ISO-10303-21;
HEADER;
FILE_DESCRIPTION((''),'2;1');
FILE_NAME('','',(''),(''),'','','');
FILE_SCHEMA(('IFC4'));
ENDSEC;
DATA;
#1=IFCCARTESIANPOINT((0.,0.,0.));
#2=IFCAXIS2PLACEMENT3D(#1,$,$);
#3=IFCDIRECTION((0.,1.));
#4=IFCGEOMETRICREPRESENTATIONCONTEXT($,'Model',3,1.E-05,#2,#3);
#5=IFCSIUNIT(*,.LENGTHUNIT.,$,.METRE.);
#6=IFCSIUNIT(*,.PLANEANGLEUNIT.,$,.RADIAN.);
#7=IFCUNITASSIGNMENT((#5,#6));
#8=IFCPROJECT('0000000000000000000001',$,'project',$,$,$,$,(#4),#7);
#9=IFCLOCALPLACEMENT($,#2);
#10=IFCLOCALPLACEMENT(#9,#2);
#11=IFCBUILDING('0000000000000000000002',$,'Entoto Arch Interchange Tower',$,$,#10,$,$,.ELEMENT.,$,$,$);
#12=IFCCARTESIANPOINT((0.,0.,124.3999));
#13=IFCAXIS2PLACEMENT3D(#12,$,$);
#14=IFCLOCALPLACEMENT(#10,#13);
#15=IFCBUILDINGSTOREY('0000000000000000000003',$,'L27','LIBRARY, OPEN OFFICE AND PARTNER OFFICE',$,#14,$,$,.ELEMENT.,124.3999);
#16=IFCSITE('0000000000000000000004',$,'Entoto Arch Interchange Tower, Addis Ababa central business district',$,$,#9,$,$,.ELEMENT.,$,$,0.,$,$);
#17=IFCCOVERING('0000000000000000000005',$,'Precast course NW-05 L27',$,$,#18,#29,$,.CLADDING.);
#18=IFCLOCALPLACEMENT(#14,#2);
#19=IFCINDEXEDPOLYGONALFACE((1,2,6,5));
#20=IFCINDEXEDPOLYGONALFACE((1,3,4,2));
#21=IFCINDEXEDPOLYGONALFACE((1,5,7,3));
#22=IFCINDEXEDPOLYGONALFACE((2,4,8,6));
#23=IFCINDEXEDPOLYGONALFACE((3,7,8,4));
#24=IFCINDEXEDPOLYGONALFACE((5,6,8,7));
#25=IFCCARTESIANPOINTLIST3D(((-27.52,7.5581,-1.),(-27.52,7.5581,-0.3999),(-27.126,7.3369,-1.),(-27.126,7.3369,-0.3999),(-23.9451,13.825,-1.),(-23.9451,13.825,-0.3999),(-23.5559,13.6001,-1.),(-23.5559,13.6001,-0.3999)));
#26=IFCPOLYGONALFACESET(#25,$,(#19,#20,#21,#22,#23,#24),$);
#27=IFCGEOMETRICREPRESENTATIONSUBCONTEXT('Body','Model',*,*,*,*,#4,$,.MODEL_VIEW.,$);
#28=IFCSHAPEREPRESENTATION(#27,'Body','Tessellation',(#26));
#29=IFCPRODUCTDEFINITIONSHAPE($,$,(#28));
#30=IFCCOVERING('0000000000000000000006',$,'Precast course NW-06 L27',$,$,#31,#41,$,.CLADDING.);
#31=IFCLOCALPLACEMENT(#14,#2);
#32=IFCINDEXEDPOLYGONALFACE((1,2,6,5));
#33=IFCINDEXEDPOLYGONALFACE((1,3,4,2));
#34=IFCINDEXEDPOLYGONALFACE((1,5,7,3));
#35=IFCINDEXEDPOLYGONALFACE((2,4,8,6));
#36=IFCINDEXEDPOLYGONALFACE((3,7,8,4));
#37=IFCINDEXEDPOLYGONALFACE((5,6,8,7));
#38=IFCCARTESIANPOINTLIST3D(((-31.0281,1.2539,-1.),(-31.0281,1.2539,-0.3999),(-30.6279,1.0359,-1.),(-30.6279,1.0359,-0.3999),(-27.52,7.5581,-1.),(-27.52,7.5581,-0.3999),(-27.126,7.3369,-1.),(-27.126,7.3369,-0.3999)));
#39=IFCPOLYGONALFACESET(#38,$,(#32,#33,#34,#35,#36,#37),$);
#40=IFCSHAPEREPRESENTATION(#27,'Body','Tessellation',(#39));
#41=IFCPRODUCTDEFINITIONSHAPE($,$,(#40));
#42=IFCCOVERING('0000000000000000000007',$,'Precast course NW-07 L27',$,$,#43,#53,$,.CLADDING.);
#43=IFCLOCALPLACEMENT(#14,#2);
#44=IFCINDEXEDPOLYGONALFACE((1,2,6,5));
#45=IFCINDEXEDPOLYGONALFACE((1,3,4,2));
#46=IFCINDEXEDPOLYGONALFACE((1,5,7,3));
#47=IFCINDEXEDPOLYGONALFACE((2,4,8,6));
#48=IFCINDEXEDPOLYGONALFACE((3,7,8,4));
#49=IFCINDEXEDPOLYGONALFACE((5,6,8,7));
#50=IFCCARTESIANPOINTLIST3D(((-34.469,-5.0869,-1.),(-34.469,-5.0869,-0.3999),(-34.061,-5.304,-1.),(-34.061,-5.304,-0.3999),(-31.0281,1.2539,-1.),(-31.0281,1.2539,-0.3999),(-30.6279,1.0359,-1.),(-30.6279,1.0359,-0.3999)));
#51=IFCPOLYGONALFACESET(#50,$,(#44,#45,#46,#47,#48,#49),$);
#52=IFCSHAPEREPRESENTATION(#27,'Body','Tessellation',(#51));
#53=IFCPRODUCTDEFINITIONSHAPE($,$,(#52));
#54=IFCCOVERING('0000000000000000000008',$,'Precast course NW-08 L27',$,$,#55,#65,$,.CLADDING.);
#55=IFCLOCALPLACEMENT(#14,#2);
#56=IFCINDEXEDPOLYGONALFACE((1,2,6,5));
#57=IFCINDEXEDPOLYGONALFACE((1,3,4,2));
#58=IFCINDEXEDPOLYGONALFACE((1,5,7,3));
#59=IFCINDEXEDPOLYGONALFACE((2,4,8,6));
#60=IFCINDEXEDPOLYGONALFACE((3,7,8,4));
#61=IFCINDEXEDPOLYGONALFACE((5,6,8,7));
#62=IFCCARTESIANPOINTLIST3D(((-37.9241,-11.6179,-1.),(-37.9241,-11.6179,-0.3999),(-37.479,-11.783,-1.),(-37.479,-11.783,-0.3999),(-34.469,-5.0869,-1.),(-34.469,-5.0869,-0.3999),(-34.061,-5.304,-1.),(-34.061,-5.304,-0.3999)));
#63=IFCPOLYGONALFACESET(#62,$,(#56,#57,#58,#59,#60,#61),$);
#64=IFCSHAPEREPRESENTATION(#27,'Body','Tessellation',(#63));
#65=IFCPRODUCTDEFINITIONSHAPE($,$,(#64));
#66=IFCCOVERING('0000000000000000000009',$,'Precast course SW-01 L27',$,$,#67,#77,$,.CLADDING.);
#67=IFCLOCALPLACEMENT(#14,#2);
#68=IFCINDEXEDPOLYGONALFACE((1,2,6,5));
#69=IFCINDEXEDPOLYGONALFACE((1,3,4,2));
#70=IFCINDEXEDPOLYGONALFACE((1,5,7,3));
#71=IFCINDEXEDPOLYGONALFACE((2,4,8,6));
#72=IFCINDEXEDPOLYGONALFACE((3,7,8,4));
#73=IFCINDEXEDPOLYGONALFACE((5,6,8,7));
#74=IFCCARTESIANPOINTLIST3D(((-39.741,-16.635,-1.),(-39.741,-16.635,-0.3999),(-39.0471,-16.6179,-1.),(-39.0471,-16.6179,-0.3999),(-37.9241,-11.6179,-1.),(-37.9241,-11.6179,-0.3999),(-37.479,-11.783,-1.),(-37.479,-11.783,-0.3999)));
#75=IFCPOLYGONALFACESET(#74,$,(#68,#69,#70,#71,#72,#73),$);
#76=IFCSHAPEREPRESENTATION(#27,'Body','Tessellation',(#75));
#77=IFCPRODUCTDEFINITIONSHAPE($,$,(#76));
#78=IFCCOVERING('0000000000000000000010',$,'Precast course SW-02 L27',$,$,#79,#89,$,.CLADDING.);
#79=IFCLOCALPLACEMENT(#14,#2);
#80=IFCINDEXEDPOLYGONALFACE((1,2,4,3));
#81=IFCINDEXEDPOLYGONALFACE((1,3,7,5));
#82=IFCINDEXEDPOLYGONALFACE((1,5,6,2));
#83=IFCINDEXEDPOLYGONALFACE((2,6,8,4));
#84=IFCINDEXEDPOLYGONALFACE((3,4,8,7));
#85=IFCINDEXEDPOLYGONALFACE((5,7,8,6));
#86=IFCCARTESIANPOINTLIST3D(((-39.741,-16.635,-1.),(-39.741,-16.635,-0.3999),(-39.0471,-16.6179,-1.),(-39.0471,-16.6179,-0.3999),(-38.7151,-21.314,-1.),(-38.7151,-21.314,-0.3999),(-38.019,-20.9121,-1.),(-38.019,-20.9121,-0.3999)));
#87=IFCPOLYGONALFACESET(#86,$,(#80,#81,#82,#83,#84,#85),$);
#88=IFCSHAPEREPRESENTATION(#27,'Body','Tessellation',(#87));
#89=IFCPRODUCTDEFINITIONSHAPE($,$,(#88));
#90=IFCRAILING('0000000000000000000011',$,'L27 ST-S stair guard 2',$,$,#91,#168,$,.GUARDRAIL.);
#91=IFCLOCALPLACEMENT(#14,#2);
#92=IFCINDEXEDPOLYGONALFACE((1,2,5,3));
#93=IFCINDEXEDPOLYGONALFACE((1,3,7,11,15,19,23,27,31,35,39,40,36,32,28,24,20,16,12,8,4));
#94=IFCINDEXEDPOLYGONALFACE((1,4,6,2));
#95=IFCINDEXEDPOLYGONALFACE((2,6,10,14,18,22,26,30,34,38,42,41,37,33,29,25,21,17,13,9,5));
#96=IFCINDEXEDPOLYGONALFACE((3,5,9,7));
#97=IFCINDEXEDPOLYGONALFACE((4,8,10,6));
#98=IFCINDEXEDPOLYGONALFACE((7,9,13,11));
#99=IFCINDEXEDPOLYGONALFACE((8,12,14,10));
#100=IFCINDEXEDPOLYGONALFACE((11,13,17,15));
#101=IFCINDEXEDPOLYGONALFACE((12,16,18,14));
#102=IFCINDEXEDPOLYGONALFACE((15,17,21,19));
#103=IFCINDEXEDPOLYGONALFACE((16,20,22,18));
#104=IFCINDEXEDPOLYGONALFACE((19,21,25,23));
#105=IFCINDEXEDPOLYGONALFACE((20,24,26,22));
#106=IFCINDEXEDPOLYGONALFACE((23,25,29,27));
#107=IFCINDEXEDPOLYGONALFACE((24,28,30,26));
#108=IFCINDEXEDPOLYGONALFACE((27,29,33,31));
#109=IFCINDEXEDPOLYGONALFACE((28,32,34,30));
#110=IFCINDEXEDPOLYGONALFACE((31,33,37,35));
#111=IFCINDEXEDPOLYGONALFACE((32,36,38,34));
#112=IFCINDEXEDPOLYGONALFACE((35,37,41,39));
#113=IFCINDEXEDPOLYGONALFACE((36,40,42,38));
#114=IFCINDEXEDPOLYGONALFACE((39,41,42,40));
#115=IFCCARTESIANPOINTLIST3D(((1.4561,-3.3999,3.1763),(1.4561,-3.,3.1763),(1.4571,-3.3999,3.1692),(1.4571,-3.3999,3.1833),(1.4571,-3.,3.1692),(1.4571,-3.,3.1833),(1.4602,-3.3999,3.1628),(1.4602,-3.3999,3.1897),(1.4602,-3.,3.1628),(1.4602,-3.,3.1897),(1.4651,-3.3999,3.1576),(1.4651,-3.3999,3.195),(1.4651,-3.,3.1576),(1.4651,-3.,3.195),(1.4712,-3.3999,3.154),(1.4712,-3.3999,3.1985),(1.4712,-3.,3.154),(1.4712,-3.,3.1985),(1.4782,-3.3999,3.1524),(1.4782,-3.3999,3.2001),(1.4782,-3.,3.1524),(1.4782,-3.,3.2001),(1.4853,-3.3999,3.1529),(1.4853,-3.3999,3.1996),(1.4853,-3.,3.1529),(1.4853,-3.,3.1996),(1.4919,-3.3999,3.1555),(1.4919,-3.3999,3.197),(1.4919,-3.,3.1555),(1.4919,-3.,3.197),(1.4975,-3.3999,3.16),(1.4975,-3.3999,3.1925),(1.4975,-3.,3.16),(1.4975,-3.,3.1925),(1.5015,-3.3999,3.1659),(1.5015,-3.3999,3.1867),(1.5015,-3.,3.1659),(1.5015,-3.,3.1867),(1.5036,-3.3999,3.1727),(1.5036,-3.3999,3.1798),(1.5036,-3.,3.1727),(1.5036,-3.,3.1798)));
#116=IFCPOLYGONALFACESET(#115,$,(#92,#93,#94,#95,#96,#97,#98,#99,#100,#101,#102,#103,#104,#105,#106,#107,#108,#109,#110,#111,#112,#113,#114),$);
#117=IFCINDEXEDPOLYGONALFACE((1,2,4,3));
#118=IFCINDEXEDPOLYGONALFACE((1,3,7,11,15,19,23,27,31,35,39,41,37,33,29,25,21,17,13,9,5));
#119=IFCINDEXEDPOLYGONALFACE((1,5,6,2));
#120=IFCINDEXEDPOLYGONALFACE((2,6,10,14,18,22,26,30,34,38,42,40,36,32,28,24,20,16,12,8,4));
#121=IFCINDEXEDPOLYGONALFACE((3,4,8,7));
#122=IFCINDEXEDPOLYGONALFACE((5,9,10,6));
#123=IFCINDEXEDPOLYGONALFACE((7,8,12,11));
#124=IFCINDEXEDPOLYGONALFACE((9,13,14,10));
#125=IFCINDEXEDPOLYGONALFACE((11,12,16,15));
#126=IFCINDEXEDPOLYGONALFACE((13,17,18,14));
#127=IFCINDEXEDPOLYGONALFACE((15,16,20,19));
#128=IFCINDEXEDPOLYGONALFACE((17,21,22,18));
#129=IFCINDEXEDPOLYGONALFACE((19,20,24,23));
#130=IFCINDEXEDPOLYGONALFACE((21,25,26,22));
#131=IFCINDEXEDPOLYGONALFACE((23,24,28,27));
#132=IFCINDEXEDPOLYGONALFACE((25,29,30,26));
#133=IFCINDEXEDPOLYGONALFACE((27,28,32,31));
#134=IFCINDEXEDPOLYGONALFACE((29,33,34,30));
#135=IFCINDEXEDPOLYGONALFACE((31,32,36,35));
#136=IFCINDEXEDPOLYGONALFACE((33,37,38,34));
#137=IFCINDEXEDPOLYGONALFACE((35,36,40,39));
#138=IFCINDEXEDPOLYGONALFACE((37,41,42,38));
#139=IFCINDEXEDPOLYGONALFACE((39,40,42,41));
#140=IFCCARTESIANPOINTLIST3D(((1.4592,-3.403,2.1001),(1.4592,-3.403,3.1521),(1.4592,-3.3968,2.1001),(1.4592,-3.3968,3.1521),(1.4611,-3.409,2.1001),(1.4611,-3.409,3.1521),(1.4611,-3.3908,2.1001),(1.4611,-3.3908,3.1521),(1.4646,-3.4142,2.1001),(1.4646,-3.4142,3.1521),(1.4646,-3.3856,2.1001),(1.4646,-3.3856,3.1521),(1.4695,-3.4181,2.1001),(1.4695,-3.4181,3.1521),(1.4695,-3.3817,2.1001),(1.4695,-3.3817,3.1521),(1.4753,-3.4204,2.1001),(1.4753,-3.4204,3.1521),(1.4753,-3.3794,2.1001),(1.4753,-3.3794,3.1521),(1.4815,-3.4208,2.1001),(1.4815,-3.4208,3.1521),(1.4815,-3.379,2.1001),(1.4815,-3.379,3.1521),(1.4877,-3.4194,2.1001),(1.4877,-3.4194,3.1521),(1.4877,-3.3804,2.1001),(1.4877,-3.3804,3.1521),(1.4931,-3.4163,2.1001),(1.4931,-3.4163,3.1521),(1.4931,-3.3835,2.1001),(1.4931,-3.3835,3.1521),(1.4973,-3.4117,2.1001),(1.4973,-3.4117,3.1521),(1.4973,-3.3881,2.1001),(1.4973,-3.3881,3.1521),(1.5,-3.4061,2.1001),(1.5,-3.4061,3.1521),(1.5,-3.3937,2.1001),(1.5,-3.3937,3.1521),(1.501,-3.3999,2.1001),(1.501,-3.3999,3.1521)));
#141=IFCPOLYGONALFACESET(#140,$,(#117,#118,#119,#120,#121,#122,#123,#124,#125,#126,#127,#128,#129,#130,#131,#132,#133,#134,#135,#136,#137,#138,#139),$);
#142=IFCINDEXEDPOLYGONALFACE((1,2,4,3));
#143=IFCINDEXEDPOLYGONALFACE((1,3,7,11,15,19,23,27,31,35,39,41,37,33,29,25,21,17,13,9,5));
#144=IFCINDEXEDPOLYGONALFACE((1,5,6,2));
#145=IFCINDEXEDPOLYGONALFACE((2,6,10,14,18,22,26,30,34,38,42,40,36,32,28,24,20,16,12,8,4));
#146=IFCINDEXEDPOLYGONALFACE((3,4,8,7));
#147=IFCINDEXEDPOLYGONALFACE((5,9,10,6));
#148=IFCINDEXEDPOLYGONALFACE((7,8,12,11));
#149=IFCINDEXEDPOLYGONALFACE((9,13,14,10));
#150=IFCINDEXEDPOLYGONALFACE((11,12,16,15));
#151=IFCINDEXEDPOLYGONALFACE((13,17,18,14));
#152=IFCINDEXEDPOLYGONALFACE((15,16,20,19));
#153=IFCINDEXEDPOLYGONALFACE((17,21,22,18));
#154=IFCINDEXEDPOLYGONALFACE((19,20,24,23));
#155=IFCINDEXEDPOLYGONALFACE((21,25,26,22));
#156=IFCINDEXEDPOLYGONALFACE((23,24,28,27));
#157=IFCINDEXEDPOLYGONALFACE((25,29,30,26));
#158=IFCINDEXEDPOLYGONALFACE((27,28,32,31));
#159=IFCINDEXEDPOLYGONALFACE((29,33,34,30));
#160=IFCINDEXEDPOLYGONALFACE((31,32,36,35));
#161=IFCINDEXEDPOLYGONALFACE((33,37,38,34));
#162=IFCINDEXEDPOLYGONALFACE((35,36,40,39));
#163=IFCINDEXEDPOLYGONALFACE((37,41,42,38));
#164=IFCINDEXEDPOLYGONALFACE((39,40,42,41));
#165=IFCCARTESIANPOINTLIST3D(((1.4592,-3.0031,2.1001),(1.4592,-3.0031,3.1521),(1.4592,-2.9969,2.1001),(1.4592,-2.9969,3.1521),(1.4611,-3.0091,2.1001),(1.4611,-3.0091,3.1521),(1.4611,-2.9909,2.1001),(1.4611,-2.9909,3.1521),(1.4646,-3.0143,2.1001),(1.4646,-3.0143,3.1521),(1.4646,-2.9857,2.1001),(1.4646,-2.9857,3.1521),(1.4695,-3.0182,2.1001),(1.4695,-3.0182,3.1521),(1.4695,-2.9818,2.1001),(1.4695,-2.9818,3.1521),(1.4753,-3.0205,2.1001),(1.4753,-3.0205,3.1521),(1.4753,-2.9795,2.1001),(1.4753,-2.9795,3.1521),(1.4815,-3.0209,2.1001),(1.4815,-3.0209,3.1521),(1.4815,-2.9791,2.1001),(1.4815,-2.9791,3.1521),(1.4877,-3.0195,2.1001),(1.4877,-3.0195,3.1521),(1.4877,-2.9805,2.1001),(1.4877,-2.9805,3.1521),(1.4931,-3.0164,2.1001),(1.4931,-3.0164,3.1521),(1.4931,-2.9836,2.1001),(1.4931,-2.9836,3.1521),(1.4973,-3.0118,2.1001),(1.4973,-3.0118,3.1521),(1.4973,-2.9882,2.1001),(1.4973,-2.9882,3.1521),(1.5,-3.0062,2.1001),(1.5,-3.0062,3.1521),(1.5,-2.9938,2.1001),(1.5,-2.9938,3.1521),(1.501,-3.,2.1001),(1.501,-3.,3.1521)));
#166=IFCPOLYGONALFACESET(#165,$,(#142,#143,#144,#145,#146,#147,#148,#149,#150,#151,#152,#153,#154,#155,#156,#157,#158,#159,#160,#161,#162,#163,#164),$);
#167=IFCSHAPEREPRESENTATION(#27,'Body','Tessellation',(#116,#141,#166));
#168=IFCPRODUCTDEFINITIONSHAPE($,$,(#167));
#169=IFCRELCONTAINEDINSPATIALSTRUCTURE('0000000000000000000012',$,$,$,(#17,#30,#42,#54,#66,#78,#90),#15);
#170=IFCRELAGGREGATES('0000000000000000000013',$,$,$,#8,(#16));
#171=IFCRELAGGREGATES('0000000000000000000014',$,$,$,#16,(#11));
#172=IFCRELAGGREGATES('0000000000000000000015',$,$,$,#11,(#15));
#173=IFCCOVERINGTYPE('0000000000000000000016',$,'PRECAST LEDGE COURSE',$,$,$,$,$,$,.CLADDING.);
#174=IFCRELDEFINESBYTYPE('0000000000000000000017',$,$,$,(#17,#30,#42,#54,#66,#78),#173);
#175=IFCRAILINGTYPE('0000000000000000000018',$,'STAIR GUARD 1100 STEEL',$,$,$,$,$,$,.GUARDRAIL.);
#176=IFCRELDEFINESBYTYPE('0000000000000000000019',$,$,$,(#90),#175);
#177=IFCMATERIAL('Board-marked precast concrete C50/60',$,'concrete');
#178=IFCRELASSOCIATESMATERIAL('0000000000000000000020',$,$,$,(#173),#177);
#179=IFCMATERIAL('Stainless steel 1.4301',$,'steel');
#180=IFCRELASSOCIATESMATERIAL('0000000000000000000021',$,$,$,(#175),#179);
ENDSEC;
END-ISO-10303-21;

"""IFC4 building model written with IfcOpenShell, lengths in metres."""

from ifc_helpers import new_model, si_unit, direction, frame, origin, origin_2d, place, context, subcontext, project, spatial, polyline, circle, outline, extrude, material, type_object, element, save


model = new_model("IFC4")

# Units and contexts
model_context = context("Model", 3, precision=1e-05, world=origin(), true_north=direction((0.0, 1.0)))
body_context = subcontext(model_context, "Body", "Model", "MODEL_VIEW")
ifc_project = project(units=[si_unit("LENGTHUNIT", "METRE"), si_unit("PLANEANGLEUNIT", "RADIAN")], contexts=[model_context])

# Site, building, storey
site_placement = place(None, origin())
site = spatial("IfcSite", under=ifc_project, at=site_placement, Name="Entoto Arch Interchange Tower, Addis Ababa central business district", CompositionType="ELEMENT", RefElevation=0.0)
building_placement = place(site_placement, origin())
building = spatial("IfcBuilding", under=site, at=building_placement, Name="Entoto Arch Interchange Tower", CompositionType="ELEMENT")
storey_placement = place(building_placement, frame((0.0, 0.0, 124.3999)))
storey = spatial("IfcBuildingStorey", under=building, at=storey_placement, Name="L27", Description="LIBRARY, OPEN OFFICE AND PARTNER OFFICE", CompositionType="ELEMENT", Elevation=124.3999)

# Coverings
ifc_material_1 = material(Name="Board-marked precast concrete C50/60", Category="concrete")
covering_type = type_object("IfcCoveringType", Name="PRECAST LEDGE COURSE", PredefinedType="CLADDING", material=ifc_material_1)
covering_1_placement = place(storey_placement, frame((0.0, 0.0, -1.0)))
element("IfcCovering", 1, at=covering_1_placement, inside=storey, type_object=covering_type, Name="Precast course NW-05 L27", PredefinedType="CLADDING", context=body_context, shape_type="SweptSolid", body=[
    extrude(outline(polyline([(-27.126, 7.3369), (-27.52, 7.5581), (-23.9451, 13.825), (-23.5559, 13.6001), (-27.126, 7.3369)])), origin(), (0.0, 0.0, 1.0), 0.6001),
])
covering_2_placement = place(storey_placement, frame((0.0, 0.0, -1.0)))
element("IfcCovering", 2, at=covering_2_placement, inside=storey, type_object=covering_type, Name="Precast course NW-06 L27", PredefinedType="CLADDING", context=body_context, shape_type="SweptSolid", body=[
    extrude(outline(polyline([(-30.6279, 1.0359), (-31.0281, 1.2539), (-27.52, 7.5581), (-27.126, 7.3369), (-30.6279, 1.0359)])), origin(), (0.0, 0.0, 1.0), 0.6001),
])
covering_3_placement = place(storey_placement, frame((0.0, 0.0, -1.0)))
element("IfcCovering", 3, at=covering_3_placement, inside=storey, type_object=covering_type, Name="Precast course NW-07 L27", PredefinedType="CLADDING", context=body_context, shape_type="SweptSolid", body=[
    extrude(outline(polyline([(-34.061, -5.304), (-34.469, -5.0869), (-31.0281, 1.2539), (-30.6279, 1.0359), (-34.061, -5.304)])), origin(), (0.0, 0.0, 1.0), 0.6001),
])
covering_4_placement = place(storey_placement, frame((0.0, 0.0, -1.0)))
element("IfcCovering", 4, at=covering_4_placement, inside=storey, type_object=covering_type, Name="Precast course NW-08 L27", PredefinedType="CLADDING", context=body_context, shape_type="SweptSolid", body=[
    extrude(outline(polyline([(-37.479, -11.783), (-37.9241, -11.6179), (-34.469, -5.0869), (-34.061, -5.304), (-37.479, -11.783)])), origin(), (0.0, 0.0, 1.0), 0.6001),
])
covering_5_placement = place(storey_placement, frame((0.0, 0.0, -1.0)))
element("IfcCovering", 5, at=covering_5_placement, inside=storey, type_object=covering_type, Name="Precast course SW-01 L27", PredefinedType="CLADDING", context=body_context, shape_type="SweptSolid", body=[
    extrude(outline(polyline([(-39.0471, -16.6179), (-39.741, -16.635), (-37.9241, -11.6179), (-37.479, -11.783), (-39.0471, -16.6179)])), origin(), (0.0, 0.0, 1.0), 0.6001),
])
covering_6_placement = place(storey_placement, frame((0.0, 0.0, -1.0)))
element("IfcCovering", 6, at=covering_6_placement, inside=storey, type_object=covering_type, Name="Precast course SW-02 L27", PredefinedType="CLADDING", context=body_context, shape_type="SweptSolid", body=[
    extrude(outline(polyline([(-38.019, -20.9121), (-38.7151, -21.314), (-39.741, -16.635), (-39.0471, -16.6179), (-38.019, -20.9121)])), origin(), (0.0, 0.0, 1.0), 0.6001),
])

# Railing
ifc_material_2 = material(Name="Stainless steel 1.4301", Category="steel")
railing_type_1 = type_object("IfcRailingType", Name="STAIR GUARD 1100 STEEL", PredefinedType="GUARDRAIL", material=ifc_material_2)
railing_1_placement = place(storey_placement, frame((1.48, -3.3999, 2.1001)))
element("IfcRailing", 7, at=railing_1_placement, inside=storey, type_object=railing_type_1, Name="L27 ST-S stair guard 2", PredefinedType="GUARDRAIL", context=body_context, shape_type="SweptSolid", body=[
    extrude(circle(Radius=0.0239, at=origin_2d()), frame((0.0, 0.0, 1.0762), z_axis=(0.0, 1.0, 0.0), x_axis=(-1.0, 0.0, 0.0)), (0.0, 0.0, 1.0), 0.3999),
    extrude(circle(Radius=0.021, at=origin_2d()), origin(), (0.0, 0.0, 1.0), 1.052),
    extrude(circle(Radius=0.021, at=origin_2d()), frame((0.0, 0.3999, 0.0)), (0.0, 0.0, 1.0), 1.052),
])

save(model, "model.ifc")
